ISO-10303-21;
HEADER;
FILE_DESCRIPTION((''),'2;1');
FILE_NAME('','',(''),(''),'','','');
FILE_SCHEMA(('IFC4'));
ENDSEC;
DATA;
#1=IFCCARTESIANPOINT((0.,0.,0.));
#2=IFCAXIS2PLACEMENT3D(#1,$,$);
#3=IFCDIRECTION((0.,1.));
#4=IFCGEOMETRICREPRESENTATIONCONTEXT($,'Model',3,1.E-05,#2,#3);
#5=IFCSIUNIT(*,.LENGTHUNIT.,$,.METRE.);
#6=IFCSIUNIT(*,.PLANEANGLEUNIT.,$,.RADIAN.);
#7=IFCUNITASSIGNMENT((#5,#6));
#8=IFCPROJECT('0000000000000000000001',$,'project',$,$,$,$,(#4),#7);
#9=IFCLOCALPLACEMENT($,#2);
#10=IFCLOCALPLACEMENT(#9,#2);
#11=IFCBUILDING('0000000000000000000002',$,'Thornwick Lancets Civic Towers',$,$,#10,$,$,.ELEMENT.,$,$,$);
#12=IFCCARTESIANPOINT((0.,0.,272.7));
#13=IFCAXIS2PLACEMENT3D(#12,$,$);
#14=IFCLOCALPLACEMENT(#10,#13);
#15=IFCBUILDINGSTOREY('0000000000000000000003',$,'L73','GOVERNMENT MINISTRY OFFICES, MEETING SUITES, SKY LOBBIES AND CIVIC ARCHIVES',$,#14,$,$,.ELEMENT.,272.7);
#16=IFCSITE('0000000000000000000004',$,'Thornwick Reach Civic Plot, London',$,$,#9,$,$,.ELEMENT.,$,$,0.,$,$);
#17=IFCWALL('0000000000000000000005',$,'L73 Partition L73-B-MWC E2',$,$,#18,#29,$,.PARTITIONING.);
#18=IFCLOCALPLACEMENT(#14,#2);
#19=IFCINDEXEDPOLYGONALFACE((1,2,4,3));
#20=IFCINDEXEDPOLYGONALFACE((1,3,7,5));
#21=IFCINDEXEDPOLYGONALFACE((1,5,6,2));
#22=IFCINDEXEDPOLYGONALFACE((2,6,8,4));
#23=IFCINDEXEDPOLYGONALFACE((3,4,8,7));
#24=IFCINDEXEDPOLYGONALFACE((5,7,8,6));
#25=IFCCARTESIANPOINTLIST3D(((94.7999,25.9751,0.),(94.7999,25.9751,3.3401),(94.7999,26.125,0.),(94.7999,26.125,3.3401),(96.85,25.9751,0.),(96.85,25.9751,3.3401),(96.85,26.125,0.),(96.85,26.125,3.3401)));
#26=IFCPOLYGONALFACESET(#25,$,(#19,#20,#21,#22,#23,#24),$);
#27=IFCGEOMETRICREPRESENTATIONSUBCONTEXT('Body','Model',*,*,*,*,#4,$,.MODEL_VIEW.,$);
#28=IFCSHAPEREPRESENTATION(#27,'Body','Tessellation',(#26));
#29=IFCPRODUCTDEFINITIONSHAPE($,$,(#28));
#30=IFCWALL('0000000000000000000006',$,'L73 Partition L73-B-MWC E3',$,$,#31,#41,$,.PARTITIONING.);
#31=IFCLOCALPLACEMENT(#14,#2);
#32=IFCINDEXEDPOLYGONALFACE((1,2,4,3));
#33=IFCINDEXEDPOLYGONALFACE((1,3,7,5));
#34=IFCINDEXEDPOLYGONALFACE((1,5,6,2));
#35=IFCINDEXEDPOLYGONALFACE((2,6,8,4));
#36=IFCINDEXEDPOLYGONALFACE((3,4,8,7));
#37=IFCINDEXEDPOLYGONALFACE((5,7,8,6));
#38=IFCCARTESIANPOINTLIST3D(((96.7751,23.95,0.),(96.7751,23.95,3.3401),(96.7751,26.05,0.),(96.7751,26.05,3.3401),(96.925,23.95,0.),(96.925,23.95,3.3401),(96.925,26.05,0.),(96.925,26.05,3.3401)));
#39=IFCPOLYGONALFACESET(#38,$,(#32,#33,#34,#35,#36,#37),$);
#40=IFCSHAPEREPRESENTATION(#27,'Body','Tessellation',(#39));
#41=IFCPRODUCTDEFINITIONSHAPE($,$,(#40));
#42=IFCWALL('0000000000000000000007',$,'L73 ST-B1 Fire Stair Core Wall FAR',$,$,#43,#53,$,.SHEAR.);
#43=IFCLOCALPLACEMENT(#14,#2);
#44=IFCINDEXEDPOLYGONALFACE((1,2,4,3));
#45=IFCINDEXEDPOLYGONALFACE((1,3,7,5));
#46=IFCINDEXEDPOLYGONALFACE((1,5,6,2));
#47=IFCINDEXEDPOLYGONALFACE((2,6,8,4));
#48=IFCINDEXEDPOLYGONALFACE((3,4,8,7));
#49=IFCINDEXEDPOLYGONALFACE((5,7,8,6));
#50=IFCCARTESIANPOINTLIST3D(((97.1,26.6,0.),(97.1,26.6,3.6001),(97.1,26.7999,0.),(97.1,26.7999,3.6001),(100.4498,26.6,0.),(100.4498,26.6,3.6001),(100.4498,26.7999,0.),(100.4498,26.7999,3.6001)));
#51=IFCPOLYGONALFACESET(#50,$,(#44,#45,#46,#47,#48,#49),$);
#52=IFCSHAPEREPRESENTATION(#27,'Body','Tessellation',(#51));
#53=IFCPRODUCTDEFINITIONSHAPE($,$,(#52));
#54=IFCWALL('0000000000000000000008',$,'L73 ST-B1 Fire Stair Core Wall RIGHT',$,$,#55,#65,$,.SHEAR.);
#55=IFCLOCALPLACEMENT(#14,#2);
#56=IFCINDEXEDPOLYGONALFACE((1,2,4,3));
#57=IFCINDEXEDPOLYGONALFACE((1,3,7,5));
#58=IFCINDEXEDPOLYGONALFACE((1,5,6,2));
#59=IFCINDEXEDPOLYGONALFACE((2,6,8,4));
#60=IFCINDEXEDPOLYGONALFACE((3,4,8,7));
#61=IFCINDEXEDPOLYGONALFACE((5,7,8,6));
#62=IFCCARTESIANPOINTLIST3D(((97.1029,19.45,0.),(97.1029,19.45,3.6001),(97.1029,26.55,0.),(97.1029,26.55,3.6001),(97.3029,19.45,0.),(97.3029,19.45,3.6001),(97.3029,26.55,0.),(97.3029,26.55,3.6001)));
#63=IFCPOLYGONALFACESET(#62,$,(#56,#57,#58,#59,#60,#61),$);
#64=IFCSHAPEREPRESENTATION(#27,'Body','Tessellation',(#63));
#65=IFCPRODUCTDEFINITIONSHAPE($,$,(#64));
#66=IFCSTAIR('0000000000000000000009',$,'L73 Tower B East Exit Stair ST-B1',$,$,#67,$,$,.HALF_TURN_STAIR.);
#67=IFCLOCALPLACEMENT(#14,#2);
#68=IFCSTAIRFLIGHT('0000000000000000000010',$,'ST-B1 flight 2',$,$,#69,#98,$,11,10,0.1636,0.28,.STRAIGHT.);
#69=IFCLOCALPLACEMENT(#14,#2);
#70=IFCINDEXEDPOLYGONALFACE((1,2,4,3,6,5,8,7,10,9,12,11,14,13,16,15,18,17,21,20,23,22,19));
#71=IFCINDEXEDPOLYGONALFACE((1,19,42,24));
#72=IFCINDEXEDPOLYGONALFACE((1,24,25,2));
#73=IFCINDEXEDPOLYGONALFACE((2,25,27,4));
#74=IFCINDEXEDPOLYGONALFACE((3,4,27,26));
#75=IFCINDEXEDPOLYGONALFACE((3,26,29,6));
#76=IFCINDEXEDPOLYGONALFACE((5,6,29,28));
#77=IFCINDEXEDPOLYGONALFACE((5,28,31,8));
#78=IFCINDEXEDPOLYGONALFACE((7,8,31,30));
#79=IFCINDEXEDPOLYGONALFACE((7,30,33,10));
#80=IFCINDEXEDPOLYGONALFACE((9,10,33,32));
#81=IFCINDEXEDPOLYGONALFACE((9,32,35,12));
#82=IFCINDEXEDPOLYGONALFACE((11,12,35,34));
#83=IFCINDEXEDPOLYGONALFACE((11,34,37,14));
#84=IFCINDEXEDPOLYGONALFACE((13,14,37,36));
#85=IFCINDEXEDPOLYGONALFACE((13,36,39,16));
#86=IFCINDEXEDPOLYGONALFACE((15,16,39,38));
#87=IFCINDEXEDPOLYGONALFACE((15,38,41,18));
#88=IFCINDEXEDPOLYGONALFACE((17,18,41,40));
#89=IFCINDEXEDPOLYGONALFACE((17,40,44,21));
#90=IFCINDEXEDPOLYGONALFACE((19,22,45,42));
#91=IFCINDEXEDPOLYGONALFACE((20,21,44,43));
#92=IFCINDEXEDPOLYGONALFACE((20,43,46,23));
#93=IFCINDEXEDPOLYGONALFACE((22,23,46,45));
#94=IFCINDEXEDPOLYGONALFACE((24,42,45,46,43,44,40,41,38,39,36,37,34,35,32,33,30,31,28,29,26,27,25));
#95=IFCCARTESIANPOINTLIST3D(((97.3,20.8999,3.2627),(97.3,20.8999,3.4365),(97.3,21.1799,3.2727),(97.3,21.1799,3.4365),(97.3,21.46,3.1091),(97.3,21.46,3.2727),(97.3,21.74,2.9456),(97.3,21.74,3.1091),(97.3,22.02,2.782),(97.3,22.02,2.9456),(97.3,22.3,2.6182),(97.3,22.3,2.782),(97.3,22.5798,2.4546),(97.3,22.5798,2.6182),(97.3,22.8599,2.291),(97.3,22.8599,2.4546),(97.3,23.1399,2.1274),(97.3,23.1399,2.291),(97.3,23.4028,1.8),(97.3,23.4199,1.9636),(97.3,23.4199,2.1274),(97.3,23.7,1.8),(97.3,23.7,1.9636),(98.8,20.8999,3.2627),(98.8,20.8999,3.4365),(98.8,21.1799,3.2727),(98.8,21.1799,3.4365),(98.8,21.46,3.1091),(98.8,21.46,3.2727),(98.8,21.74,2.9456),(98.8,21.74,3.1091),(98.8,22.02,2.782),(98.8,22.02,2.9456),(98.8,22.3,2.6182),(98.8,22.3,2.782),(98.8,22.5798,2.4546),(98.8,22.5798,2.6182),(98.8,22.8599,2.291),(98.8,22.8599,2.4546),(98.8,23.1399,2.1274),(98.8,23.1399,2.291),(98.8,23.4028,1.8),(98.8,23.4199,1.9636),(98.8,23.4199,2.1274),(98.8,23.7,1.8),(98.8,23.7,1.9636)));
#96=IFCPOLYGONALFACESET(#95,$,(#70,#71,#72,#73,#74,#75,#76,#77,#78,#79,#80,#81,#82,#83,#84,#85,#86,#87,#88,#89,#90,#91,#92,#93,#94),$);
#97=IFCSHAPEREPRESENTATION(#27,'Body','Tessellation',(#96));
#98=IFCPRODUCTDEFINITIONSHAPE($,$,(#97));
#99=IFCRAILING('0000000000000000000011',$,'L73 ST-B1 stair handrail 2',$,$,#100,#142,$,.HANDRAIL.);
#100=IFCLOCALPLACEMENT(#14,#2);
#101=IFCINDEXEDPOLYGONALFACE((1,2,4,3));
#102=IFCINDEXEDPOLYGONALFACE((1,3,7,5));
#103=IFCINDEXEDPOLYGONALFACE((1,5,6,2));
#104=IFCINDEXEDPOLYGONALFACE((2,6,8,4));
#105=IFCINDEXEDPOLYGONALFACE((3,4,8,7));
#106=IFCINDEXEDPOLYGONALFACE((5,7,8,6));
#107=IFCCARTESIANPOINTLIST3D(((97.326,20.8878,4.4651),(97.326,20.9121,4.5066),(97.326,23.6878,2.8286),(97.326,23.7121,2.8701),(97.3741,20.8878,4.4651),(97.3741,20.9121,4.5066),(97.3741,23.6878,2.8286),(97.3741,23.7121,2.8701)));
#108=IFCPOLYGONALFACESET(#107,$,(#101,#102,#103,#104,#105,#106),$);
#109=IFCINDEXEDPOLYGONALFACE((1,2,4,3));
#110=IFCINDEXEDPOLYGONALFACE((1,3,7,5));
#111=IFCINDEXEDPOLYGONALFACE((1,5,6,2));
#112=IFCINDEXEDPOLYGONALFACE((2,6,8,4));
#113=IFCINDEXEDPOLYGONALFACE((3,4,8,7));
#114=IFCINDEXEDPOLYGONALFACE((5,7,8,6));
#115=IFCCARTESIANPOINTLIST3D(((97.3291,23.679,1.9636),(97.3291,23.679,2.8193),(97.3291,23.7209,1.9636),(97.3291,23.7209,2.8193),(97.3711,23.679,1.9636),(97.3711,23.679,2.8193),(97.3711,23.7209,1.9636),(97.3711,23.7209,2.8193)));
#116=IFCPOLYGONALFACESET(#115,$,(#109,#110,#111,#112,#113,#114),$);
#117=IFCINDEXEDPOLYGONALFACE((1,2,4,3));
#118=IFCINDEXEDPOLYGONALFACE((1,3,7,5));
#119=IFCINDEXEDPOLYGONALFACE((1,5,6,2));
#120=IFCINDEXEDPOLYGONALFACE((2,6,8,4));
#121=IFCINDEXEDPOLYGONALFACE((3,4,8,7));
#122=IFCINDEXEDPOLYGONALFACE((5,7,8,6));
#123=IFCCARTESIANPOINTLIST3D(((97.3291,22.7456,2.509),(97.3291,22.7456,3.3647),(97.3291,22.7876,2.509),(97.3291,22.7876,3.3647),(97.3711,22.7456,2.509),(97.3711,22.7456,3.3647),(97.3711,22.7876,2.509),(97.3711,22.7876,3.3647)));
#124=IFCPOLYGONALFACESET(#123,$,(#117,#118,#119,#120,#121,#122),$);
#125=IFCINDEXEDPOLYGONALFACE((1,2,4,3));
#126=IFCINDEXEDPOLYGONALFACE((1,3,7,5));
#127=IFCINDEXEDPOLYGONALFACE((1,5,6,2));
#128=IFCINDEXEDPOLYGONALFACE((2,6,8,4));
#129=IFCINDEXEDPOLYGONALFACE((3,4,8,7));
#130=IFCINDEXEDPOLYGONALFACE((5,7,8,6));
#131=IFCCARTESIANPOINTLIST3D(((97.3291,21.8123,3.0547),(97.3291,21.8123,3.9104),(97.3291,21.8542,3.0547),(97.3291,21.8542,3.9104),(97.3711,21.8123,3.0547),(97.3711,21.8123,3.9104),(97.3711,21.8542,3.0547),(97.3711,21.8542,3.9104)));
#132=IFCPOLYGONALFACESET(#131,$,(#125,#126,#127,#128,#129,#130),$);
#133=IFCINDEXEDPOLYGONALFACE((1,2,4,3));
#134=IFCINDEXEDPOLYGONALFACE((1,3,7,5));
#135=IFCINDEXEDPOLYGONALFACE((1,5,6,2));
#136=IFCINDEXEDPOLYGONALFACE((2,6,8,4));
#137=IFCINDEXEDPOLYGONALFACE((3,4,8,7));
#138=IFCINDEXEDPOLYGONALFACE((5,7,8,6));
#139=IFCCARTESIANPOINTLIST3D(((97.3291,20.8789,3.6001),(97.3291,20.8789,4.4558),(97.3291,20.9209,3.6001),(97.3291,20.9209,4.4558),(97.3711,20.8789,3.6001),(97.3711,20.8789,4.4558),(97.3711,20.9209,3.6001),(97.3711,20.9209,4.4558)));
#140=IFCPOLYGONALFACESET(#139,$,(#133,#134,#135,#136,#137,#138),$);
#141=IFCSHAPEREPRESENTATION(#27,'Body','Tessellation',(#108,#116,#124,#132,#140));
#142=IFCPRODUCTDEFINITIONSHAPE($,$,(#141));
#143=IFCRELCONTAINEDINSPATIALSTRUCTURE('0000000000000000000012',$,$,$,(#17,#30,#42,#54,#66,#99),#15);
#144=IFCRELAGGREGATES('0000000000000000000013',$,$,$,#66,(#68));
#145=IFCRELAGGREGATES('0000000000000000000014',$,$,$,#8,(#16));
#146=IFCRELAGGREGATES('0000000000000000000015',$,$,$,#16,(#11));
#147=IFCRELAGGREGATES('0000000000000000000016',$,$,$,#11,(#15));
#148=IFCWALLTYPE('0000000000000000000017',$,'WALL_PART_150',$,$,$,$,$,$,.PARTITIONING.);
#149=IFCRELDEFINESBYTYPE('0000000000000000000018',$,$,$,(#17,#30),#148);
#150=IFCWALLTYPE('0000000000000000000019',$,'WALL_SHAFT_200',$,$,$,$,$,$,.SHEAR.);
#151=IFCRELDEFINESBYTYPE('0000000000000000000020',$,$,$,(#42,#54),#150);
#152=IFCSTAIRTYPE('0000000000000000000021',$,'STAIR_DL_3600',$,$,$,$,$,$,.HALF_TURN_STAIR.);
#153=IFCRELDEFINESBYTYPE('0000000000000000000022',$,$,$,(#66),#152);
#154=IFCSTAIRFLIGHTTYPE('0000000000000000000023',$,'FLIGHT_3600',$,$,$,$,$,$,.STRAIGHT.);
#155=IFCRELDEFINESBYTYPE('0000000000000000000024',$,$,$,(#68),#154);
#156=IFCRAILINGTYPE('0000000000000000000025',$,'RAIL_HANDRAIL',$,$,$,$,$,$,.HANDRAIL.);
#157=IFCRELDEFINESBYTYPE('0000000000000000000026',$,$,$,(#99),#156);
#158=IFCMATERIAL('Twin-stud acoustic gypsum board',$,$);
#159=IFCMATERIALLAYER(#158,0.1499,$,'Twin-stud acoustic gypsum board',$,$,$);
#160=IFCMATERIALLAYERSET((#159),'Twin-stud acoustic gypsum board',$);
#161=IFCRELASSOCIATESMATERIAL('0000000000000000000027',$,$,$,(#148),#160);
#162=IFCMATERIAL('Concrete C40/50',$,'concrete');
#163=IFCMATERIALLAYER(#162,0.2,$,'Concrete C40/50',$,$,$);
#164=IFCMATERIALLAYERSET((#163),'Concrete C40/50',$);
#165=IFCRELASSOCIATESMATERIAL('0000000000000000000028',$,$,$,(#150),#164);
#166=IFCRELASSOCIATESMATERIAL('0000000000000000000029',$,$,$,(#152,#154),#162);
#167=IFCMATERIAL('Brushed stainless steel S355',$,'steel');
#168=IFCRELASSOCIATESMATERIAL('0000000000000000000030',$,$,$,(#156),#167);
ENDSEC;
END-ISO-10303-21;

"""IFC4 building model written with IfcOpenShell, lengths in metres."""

from ifc_helpers import new_model, si_unit, direction, frame, frame_2d, origin, origin_2d, place, context, subcontext, project, spatial, polyline, rectangle, outline, extrude, material, layer, layer_set, type_object, element, aggregate, save


model = new_model("IFC4")

# Units and contexts
model_context = context("Model", 3, precision=1e-05, world=origin(), true_north=direction((0.0, 1.0)))
body_context = subcontext(model_context, "Body", "Model", "MODEL_VIEW")
ifc_project = project(units=[si_unit("LENGTHUNIT", "METRE"), si_unit("PLANEANGLEUNIT", "RADIAN")], contexts=[model_context])

# Site, building, storey
site_placement = place(None, origin())
site = spatial("IfcSite", under=ifc_project, at=site_placement, Name="Thornwick Reach Civic Plot, London", CompositionType="ELEMENT", RefElevation=0.0)
building_placement = place(site_placement, origin())
building = spatial("IfcBuilding", under=site, at=building_placement, Name="Thornwick Lancets Civic Towers", CompositionType="ELEMENT")
storey_placement = place(building_placement, frame((0.0, 0.0, 272.7)))
storey = spatial("IfcBuildingStorey", under=building, at=storey_placement, Name="L73", Description="GOVERNMENT MINISTRY OFFICES, MEETING SUITES, SKY LOBBIES AND CIVIC ARCHIVES", CompositionType="ELEMENT", Elevation=272.7)

# Shared definitions
ifc_material_1 = material(Name="Twin-stud acoustic gypsum board")
ifc_layer_1 = layer(ifc_material_1, 0.1499, Name="Twin-stud acoustic gypsum board")
ifc_layer_set_1 = layer_set([ifc_layer_1], Name="Twin-stud acoustic gypsum board")
wall_type_1 = type_object("IfcWallType", Name="WALL_PART_150", PredefinedType="PARTITIONING", material=ifc_layer_set_1)

# Walls
wall_1_placement = place(storey_placement, frame((94.8, 26.05, 0.0), z_axis=(0.0, 0.0, 1.0), x_axis=(1.0, 0.0, 0.0)))
element("IfcWall", 1, at=wall_1_placement, inside=storey, type_object=wall_type_1, Name="L73 Partition L73-B-MWC E2", PredefinedType="PARTITIONING", context=body_context, shape_type="SweptSolid", body=[
    extrude(rectangle(XDim=2.05, YDim=0.1499, at=frame_2d((1.0249, 0.0))), origin(), (0.0, 0.0, 1.0), 3.3401),
])
wall_2_placement = place(storey_placement, frame((96.8501, 26.05, 0.0), z_axis=(0.0, 0.0, 1.0), x_axis=(0.0, -1.0, 0.0)))
element("IfcWall", 2, at=wall_2_placement, inside=storey, type_object=wall_type_1, Name="L73 Partition L73-B-MWC E3", PredefinedType="PARTITIONING", context=body_context, shape_type="SweptSolid", body=[
    extrude(rectangle(XDim=2.1001, YDim=0.1499, at=frame_2d((1.05, 0.0))), origin(), (0.0, 0.0, 1.0), 3.3401),
])

# Walls
ifc_material_2 = material(Name="Concrete C40/50", Category="concrete")
ifc_layer_2 = layer(ifc_material_2, 0.2, Name="Concrete C40/50")
ifc_layer_set_2 = layer_set([ifc_layer_2], Name="Concrete C40/50")
wall_type_2 = type_object("IfcWallType", Name="WALL_SHAFT_200", PredefinedType="SHEAR", material=ifc_layer_set_2)
wall_3_placement = place(storey_placement, frame((97.1001, 26.7, 0.0), z_axis=(0.0, 0.0, 1.0), x_axis=(1.0, 0.0, 0.0)))
element("IfcWall", 3, at=wall_3_placement, inside=storey, type_object=wall_type_2, Name="L73 ST-B1 Fire Stair Core Wall FAR", PredefinedType="SHEAR", context=body_context, shape_type="SweptSolid", body=[
    extrude(rectangle(XDim=3.3499, YDim=0.2, at=frame_2d((1.6748, 0.0))), origin(), (0.0, 0.0, 1.0), 3.6001),
])
wall_4_placement = place(storey_placement, frame((97.2029, 26.55, 0.0), z_axis=(0.0, 0.0, 1.0), x_axis=(0.0, -1.0, 0.0)))
element("IfcWall", 4, at=wall_4_placement, inside=storey, type_object=wall_type_2, Name="L73 ST-B1 Fire Stair Core Wall RIGHT", PredefinedType="SHEAR", context=body_context, shape_type="SweptSolid", body=[
    extrude(rectangle(XDim=7.1001, YDim=0.2, at=frame_2d((3.55, 0.0))), origin(), (0.0, 0.0, 1.0), 3.6001),
])

# Stair, stair flight
stair_type = type_object("IfcStairType", Name="STAIR_DL_3600", PredefinedType="HALF_TURN_STAIR", material=ifc_material_2)
stair_placement = place(storey_placement, origin())
stair = element("IfcStair", 5, at=stair_placement, inside=storey, type_object=stair_type, Name="L73 Tower B East Exit Stair ST-B1", PredefinedType="HALF_TURN_STAIR")
stair_flight_type = type_object("IfcStairFlightType", Name="FLIGHT_3600", PredefinedType="STRAIGHT", material=ifc_material_2)
stair_flight_placement = place(storey_placement, frame((98.05, 23.7, 1.8), z_axis=(0.0, 0.0, 1.0), x_axis=(0.0, -1.0, 0.0)))
stair_flight = element("IfcStairFlight", 6, at=stair_flight_placement, type_object=stair_flight_type, Name="ST-B1 flight 2", NumberOfRisers=11, NumberOfTreads=10, PredefinedType="STRAIGHT", RiserHeight=0.1636, TreadLength=0.28, context=body_context, shape_type="SweptSolid", body=[
    extrude(outline(polyline([(0.0, 0.0), (0.0, 0.1636), (0.28, 0.1636), (0.28, 0.3274), (0.5601, 0.3274), (0.5601, 0.491), (0.8401, 0.491), (0.8401, 0.6545), (1.1201, 0.6545), (1.1201, 0.8181), (1.3999, 0.8181), (1.3999, 0.9819), (1.6799, 0.9819), (1.6799, 1.1455), (1.96, 1.1455), (1.96, 1.3091), (2.24, 1.3091), (2.24, 1.4727), (2.52, 1.4727), (2.52, 1.6365), (2.8, 1.6365), (2.8, 1.8), (2.8, 1.4626), (0.2971, 0.0), (0.0, 0.0)])), frame((0.0, 0.75, 0.0), z_axis=(0.0, -1.0, 0.0), x_axis=(1.0, 0.0, 0.0)), (0.0, 0.0, 1.0), 1.5),
])
aggregate(stair, [stair_flight])

# Railing
ifc_material_3 = material(Name="Brushed stainless steel S355", Category="steel")
railing_type_1 = type_object("IfcRailingType", Name="RAIL_HANDRAIL", PredefinedType="HANDRAIL", material=ifc_material_3)
railing_1_placement = place(storey_placement, frame((97.3501, 23.7, 1.9636)))
element("IfcRailing", 7, at=railing_1_placement, inside=storey, type_object=railing_type_1, Name="L73 ST-B1 stair handrail 2", PredefinedType="HANDRAIL", context=body_context, shape_type="SweptSolid", body=[
    extrude(rectangle(XDim=0.0481, YDim=0.0481, at=origin_2d()), frame((0.0, 0.0, 0.8857), z_axis=(0.0, -0.863361, 0.504587), x_axis=(1.0, 0.0, 0.0)), (0.0, 0.0, 1.0), 3.2432),
    extrude(rectangle(XDim=0.042, YDim=0.042, at=origin_2d()), origin(), (0.0, 0.0, 1.0), 0.8557),
    extrude(rectangle(XDim=0.042, YDim=0.042, at=origin_2d()), frame((0.0, -0.9333, 0.5454)), (0.0, 0.0, 1.0), 0.8557),
    extrude(rectangle(XDim=0.042, YDim=0.042, at=origin_2d()), frame((0.0, -1.8667, 1.0911)), (0.0, 0.0, 1.0), 0.8557),
    extrude(rectangle(XDim=0.042, YDim=0.042, at=origin_2d()), frame((0.0, -2.8, 1.6365)), (0.0, 0.0, 1.0), 0.8557),
])

save(model, "model.ifc")
